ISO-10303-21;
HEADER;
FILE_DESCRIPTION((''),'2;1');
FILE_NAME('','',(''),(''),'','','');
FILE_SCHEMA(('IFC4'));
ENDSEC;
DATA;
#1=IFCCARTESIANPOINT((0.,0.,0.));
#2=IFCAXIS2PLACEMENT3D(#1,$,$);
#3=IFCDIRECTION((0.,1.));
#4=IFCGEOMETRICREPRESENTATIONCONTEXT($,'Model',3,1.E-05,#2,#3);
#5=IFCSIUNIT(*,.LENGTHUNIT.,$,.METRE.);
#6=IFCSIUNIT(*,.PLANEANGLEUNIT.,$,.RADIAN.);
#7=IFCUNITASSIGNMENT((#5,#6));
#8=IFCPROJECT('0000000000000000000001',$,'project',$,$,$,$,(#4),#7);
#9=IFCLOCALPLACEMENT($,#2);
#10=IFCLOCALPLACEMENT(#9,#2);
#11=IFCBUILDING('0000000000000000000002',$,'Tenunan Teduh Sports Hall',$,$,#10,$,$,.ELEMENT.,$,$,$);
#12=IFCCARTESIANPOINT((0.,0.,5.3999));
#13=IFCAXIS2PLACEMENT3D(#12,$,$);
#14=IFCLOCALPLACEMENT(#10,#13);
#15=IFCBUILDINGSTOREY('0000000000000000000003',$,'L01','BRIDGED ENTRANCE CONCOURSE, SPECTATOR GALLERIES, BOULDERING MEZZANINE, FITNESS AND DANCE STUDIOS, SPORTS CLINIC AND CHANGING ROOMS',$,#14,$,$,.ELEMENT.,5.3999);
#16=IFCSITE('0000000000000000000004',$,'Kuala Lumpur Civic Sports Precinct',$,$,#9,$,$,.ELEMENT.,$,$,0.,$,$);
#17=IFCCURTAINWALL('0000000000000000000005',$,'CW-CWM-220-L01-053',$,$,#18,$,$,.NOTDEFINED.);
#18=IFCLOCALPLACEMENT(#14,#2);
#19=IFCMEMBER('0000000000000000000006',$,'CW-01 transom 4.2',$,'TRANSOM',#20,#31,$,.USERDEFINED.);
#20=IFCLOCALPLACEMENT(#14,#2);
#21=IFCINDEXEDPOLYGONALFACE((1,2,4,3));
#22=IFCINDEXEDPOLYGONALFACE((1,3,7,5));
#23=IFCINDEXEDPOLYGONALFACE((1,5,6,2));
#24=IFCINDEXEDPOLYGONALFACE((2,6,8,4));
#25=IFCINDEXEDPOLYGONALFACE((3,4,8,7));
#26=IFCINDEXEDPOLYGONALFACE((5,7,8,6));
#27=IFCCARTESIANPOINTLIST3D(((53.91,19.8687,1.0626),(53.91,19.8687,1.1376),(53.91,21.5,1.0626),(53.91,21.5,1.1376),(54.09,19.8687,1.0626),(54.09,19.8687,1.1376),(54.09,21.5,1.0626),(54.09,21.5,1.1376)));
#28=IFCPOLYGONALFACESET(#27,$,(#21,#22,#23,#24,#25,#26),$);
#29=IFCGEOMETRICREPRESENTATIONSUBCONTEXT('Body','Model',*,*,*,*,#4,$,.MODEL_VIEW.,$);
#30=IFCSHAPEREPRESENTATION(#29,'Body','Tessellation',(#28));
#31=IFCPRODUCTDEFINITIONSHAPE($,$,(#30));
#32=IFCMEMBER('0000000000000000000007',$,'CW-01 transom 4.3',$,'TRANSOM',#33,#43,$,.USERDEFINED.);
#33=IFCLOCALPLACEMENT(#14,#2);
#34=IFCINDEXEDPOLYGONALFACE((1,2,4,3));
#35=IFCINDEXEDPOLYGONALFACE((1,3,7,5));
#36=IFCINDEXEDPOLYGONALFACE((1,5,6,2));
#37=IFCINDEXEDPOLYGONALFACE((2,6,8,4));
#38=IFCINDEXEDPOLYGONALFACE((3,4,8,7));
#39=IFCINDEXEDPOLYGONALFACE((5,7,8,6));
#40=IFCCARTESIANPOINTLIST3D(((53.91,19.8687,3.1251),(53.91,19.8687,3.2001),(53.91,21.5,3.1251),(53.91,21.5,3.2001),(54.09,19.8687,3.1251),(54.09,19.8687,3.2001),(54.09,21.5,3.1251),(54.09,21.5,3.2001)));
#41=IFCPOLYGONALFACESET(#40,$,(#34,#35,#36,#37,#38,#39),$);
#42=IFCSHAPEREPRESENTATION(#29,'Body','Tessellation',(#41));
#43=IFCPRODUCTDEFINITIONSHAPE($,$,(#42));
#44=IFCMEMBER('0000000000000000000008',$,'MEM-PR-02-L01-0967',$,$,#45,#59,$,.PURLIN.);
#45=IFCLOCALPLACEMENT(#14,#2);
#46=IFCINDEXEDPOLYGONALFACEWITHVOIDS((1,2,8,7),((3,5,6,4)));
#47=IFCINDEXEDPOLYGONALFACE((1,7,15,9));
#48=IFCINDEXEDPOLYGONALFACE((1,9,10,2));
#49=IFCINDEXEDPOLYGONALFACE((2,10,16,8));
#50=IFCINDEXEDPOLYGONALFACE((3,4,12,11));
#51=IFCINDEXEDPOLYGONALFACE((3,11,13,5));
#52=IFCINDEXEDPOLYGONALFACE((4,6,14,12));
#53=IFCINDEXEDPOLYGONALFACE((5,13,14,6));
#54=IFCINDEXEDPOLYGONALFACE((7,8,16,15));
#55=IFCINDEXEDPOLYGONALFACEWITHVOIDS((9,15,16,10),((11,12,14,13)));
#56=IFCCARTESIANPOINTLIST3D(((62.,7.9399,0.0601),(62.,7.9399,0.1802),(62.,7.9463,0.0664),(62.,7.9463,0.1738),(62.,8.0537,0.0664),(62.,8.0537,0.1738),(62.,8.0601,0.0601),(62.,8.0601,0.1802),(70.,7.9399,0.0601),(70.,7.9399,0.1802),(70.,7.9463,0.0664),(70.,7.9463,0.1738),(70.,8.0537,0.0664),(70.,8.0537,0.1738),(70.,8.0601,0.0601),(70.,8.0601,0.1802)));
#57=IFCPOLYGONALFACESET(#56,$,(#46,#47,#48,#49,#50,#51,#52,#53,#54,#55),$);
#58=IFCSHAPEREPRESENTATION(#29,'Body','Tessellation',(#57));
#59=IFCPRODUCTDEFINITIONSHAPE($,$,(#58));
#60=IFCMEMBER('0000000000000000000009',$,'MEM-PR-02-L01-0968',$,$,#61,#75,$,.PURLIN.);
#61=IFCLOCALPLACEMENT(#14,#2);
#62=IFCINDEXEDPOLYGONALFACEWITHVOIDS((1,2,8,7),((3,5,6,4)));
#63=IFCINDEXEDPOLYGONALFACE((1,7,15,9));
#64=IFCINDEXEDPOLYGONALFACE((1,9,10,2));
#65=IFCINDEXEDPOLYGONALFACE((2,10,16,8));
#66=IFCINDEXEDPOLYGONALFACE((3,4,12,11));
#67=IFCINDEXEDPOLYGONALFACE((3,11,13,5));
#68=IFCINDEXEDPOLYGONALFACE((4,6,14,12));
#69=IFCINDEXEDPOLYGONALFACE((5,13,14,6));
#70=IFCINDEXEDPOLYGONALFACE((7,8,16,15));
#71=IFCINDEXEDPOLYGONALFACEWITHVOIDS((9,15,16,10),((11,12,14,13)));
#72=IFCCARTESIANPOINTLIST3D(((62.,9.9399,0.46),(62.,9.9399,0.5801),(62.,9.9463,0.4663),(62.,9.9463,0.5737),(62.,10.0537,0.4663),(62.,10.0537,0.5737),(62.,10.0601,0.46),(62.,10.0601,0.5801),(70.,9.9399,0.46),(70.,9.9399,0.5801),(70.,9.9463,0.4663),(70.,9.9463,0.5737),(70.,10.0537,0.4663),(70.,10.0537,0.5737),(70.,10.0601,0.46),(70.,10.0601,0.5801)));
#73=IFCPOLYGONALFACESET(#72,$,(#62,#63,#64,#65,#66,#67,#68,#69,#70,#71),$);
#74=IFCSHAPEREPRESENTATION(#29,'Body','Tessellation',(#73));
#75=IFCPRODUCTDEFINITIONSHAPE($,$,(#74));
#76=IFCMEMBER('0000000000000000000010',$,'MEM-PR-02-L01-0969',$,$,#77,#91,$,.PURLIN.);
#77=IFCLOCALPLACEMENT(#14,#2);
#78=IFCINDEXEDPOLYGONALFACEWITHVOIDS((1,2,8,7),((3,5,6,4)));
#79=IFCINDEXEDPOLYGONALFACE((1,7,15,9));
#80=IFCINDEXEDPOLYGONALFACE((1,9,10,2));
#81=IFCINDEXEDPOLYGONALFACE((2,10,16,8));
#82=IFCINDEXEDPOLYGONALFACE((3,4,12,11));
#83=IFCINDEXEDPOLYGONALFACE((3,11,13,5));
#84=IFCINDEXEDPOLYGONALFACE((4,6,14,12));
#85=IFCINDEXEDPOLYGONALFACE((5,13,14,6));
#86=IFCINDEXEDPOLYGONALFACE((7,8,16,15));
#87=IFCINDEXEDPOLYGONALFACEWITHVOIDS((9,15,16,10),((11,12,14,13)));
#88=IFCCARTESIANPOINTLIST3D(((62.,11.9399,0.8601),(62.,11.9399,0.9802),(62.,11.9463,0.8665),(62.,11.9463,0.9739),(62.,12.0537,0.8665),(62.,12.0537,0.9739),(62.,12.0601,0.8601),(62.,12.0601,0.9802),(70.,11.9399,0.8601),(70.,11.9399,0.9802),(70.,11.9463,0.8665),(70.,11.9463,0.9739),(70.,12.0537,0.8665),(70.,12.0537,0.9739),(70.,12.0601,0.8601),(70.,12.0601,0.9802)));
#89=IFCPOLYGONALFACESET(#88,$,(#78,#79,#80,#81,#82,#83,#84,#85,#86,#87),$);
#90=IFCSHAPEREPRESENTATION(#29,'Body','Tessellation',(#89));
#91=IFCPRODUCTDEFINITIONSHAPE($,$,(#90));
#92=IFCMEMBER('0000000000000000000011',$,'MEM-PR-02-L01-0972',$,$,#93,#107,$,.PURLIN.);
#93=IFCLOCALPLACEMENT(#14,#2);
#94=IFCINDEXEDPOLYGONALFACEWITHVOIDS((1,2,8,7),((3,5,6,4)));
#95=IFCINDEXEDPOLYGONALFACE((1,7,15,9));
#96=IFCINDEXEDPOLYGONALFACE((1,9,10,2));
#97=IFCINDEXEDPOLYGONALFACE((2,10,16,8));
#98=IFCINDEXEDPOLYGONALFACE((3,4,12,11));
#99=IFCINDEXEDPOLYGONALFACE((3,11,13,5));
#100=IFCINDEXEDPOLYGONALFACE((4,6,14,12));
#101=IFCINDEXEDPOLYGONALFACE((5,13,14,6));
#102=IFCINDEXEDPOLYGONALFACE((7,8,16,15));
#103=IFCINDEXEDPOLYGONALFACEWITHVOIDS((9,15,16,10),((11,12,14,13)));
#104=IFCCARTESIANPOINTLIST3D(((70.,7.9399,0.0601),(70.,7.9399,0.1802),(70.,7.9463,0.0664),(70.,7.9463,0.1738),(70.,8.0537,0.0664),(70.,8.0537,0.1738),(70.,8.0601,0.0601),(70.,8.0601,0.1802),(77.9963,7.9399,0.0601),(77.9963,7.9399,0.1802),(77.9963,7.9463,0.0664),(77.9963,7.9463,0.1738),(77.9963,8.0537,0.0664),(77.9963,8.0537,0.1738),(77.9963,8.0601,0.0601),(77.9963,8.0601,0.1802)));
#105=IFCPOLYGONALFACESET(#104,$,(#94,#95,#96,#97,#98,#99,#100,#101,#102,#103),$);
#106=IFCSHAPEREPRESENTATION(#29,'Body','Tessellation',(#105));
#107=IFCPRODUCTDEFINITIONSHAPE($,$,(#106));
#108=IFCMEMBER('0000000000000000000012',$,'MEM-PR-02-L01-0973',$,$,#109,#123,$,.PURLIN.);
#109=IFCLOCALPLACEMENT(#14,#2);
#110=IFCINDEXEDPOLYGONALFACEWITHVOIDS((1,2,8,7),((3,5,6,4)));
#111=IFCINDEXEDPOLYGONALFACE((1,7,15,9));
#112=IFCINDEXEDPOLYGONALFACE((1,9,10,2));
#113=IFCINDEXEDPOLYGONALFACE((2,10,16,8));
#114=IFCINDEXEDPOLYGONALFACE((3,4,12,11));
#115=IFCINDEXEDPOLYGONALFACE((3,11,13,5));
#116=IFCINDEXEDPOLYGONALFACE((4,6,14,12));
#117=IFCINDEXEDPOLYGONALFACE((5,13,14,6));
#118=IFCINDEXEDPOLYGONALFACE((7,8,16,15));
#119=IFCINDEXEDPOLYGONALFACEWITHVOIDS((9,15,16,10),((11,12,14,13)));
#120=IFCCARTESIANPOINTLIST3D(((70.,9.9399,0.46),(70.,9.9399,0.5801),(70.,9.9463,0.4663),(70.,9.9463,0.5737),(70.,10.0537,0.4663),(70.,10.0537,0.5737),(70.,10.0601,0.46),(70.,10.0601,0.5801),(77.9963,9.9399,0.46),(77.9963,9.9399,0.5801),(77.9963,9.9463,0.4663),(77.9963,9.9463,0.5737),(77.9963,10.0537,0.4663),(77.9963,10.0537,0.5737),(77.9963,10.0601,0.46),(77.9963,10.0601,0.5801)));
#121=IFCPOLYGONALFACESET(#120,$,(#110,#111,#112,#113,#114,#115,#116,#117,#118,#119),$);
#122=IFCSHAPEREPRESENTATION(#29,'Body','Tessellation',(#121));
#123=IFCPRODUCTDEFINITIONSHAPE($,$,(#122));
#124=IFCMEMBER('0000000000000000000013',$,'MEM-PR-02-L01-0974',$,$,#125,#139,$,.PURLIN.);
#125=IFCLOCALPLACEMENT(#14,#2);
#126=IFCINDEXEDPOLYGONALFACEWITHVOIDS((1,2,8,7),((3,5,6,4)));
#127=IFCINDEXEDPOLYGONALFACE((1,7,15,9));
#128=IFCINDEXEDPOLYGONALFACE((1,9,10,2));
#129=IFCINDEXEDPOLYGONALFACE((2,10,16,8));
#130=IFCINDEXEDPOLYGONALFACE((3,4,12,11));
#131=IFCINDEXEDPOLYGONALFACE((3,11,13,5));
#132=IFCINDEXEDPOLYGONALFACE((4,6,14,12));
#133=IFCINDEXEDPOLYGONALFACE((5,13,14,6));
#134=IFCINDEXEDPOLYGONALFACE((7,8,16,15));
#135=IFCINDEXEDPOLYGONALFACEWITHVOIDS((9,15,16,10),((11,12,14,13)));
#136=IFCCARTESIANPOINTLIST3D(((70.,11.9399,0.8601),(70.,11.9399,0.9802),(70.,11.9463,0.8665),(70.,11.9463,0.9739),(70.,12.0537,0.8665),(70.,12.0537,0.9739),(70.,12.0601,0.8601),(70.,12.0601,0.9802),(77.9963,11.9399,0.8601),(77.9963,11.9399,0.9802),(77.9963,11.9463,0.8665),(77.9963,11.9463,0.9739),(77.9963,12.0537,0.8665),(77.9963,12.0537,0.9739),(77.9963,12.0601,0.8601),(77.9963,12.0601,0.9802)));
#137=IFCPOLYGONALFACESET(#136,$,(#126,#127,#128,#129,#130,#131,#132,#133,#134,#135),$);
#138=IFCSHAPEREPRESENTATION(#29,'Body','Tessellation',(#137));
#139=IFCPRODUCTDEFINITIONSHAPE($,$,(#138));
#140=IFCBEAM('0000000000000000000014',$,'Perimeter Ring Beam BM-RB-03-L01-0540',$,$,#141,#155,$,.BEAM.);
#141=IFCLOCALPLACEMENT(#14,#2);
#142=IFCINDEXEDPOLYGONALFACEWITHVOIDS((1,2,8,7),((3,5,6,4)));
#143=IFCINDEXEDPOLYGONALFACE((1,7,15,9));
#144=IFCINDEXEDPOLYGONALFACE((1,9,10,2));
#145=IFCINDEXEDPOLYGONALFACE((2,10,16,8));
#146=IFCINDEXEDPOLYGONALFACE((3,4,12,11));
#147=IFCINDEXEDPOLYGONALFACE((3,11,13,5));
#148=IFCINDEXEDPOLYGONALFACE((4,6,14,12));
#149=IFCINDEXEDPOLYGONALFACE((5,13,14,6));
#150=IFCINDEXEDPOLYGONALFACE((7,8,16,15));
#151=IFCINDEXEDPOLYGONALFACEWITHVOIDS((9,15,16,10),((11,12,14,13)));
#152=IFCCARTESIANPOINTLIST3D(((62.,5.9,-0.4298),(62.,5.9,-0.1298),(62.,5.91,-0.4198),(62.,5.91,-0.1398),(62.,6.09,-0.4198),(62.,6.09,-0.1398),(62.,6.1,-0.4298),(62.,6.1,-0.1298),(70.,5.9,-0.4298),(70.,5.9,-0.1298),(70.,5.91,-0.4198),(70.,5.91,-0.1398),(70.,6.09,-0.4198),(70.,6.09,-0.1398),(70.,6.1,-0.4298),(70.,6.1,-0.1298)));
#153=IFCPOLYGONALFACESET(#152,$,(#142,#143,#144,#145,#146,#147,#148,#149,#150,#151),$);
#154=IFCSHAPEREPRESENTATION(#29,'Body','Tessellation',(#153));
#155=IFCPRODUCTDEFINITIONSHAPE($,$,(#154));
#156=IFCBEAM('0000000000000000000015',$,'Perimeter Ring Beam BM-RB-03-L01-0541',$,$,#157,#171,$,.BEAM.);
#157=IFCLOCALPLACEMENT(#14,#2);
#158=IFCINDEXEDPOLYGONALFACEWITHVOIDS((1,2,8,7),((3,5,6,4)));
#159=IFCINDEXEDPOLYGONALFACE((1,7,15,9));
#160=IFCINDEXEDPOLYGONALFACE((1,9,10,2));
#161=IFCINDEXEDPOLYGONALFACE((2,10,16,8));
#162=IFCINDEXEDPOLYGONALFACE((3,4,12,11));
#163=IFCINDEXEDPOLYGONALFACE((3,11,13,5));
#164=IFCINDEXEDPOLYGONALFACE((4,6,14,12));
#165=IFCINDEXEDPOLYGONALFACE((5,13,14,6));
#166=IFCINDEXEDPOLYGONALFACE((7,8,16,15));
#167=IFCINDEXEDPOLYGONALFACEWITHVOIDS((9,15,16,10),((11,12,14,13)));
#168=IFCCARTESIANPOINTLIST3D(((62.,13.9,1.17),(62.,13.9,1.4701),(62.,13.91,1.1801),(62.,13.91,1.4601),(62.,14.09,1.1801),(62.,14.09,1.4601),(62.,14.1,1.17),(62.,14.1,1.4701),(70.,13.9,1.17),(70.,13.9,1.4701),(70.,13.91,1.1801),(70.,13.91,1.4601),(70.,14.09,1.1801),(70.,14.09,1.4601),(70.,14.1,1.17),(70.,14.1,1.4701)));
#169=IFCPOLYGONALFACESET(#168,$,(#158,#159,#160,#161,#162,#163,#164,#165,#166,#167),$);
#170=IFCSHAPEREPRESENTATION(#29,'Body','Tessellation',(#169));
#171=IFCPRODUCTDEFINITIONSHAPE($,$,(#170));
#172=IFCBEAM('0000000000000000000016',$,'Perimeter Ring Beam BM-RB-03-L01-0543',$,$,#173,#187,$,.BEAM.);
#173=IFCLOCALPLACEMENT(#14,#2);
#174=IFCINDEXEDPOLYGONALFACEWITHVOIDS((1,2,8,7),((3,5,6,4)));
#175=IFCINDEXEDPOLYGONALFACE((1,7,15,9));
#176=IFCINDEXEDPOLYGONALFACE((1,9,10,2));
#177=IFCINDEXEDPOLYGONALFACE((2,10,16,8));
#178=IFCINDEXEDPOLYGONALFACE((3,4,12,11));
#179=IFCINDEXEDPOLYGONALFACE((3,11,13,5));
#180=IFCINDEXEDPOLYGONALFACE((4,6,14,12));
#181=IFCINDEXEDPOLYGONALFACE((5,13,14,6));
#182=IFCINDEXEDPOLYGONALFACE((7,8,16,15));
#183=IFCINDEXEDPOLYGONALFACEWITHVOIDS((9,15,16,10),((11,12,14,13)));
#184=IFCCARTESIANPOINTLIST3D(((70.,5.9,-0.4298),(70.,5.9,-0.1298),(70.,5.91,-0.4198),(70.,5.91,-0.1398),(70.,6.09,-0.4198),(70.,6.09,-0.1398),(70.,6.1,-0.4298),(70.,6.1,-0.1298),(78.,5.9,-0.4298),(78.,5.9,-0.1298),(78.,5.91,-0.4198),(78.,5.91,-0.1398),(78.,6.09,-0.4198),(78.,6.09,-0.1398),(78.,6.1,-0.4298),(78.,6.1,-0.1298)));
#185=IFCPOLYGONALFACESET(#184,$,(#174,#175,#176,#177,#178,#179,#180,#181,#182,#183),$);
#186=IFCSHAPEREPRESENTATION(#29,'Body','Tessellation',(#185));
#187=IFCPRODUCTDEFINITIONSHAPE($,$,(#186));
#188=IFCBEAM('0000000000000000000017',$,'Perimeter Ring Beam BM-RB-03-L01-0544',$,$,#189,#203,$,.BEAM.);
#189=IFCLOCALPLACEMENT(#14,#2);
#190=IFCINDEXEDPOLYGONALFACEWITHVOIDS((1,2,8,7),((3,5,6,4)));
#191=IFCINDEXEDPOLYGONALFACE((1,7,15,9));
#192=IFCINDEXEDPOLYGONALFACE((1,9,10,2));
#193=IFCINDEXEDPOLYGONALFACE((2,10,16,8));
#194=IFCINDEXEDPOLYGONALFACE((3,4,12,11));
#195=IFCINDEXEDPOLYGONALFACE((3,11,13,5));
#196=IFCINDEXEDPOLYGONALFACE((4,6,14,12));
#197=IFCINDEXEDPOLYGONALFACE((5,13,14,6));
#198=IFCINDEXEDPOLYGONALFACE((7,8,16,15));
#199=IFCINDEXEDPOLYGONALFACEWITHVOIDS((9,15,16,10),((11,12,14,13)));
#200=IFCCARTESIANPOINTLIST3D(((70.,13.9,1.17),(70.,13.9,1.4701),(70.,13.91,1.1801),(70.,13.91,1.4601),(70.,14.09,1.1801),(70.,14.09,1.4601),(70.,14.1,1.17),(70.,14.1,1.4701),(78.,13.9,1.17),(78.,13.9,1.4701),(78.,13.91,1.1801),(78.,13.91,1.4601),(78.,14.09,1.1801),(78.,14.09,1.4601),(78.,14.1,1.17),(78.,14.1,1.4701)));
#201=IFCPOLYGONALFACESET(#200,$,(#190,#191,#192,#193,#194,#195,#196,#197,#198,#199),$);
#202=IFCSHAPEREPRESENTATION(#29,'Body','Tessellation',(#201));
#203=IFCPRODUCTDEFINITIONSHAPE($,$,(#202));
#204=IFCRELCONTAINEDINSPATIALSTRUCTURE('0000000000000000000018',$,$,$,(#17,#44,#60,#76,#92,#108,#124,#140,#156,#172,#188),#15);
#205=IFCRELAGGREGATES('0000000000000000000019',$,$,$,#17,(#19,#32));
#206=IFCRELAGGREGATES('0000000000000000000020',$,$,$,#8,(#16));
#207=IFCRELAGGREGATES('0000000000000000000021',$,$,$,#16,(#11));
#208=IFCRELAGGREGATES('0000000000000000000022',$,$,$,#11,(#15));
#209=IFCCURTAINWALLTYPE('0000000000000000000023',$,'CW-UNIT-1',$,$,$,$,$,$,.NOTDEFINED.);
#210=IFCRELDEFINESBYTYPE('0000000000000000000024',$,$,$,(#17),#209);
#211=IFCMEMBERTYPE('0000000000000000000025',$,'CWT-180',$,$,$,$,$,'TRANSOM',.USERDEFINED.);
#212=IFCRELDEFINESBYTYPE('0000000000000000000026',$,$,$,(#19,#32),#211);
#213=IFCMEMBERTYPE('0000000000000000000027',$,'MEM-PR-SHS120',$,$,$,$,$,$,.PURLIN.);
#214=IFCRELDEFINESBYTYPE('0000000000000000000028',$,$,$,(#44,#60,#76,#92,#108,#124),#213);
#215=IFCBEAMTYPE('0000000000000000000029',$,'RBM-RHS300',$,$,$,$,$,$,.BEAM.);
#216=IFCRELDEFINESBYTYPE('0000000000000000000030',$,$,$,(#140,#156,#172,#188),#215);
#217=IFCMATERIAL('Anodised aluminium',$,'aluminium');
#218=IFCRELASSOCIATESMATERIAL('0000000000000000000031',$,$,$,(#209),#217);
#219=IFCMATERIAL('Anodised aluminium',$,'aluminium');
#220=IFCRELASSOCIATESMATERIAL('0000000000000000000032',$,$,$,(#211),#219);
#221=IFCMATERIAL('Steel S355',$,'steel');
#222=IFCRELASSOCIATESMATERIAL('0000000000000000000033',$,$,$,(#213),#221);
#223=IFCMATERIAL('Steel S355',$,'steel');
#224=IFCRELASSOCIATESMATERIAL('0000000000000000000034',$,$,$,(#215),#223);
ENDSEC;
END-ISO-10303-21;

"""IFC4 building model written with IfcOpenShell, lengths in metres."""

from ifc_helpers import new_model, si_unit, direction, frame, origin, origin_2d, place, context, subcontext, project, spatial, rectangle, hollow_rectangle, extrude, material, material_profile, profile_set, type_object, element, aggregate, save


model = new_model("IFC4")

# Units and contexts
model_context = context("Model", 3, precision=1e-05, world=origin(), true_north=direction((0.0, 1.0)))
body_context = subcontext(model_context, "Body", "Model", "MODEL_VIEW")
ifc_project = project(units=[si_unit("LENGTHUNIT", "METRE"), si_unit("PLANEANGLEUNIT", "RADIAN")], contexts=[model_context])

# Site, building, storey
site_placement = place(None, origin())
site = spatial("IfcSite", under=ifc_project, at=site_placement, Name="Kuala Lumpur Civic Sports Precinct", CompositionType="ELEMENT", RefElevation=0.0)
building_placement = place(site_placement, origin())
building = spatial("IfcBuilding", under=site, at=building_placement, Name="Tenunan Teduh Sports Hall", CompositionType="ELEMENT")
storey_placement = place(building_placement, frame((0.0, 0.0, 5.3999)))
storey = spatial("IfcBuildingStorey", under=building, at=storey_placement, Name="L01", Description="BRIDGED ENTRANCE CONCOURSE, SPECTATOR GALLERIES, BOULDERING MEZZANINE, FITNESS AND DANCE STUDIOS, SPORTS CLINIC AND CHANGING ROOMS", CompositionType="ELEMENT", Elevation=5.3999)

# Curtain wall, members
ifc_material_1 = material(Name="Anodised aluminium", Category="aluminium")
curtain_wall_type = type_object("IfcCurtainWallType", Name="CW-UNIT-1", PredefinedType="NOTDEFINED", material=ifc_material_1)
curtain_wall_placement = place(storey_placement, origin())
curtain_wall = element("IfcCurtainWall", 1, at=curtain_wall_placement, inside=storey, type_object=curtain_wall_type, Name="CW-CWM-220-L01-053", PredefinedType="NOTDEFINED")
ifc_material_2 = material(Name="Anodised aluminium", Category="aluminium")
ifc_material_profile_1 = material_profile(ifc_material_2, rectangle(XDim=0.075, YDim=0.1799, at=origin_2d()), Name="CWT 75x180")
ifc_profile_set_1 = profile_set([ifc_material_profile_1], Name="Anodised aluminium")
member_type_1 = type_object("IfcMemberType", Name="CWT-180", ElementType="TRANSOM", PredefinedType="USERDEFINED", material=ifc_profile_set_1)
member_1_placement = place(storey_placement, frame((54.0, 19.8687, 1.1001), z_axis=(0.0, 1.0, 0.0), x_axis=(0.0, 0.0, 1.0)))
member_1 = element("IfcMember", 2, at=member_1_placement, type_object=member_type_1, Name="CW-01 transom 4.2", ObjectType="TRANSOM", PredefinedType="USERDEFINED", context=body_context, shape_type="SweptSolid", body=[
    extrude(rectangle(XDim=0.075, YDim=0.1799, at=origin_2d()), origin(), (0.0, 0.0, 1.0), 1.6313),
])
member_2_placement = place(storey_placement, frame((54.0, 19.8687, 3.1626), z_axis=(0.0, 1.0, 0.0), x_axis=(0.0, 0.0, 1.0)))
member_2 = element("IfcMember", 3, at=member_2_placement, type_object=member_type_1, Name="CW-01 transom 4.3", ObjectType="TRANSOM", PredefinedType="USERDEFINED", context=body_context, shape_type="SweptSolid", body=[
    extrude(rectangle(XDim=0.075, YDim=0.1799, at=origin_2d()), origin(), (0.0, 0.0, 1.0), 1.6313),
])

# Members
ifc_material_3 = material(Name="Steel S355", Category="steel")
ifc_material_profile_2 = material_profile(ifc_material_3, hollow_rectangle(XDim=0.1201, YDim=0.1201, WallThickness=0.0063, at=origin_2d()), Name="SHS 120x120x6.3")
ifc_profile_set_2 = profile_set([ifc_material_profile_2], Name="Steel S355")
member_type_2 = type_object("IfcMemberType", Name="MEM-PR-SHS120", PredefinedType="PURLIN", material=ifc_profile_set_2)
for number, where, z_axis, x_axis, name in (
    (4, (62.0, 8.0, 0.1201), (1.0, 0.0, 0.0), (0.0, 1.0, 0.0), "MEM-PR-02-L01-0967"),
    (5, (62.0, 10.0, 0.52), (1.0, 0.0, 0.0), (0.0, 1.0, 0.0), "MEM-PR-02-L01-0968"),
    (6, (62.0, 12.0, 0.9202), (1.0, 0.0, 0.0), (0.0, 1.0, 0.0), "MEM-PR-02-L01-0969"),
):
    element("IfcMember", number, at=place(storey_placement, frame(where, z_axis=z_axis, x_axis=x_axis)), inside=storey, type_object=member_type_2, Name=name, PredefinedType="PURLIN", context=body_context, shape_type="SweptSolid", body=[
        extrude(hollow_rectangle(XDim=0.1201, YDim=0.1201, WallThickness=0.0063, at=origin_2d()), origin(), (0.0, 0.0, 1.0), 8.0),
    ])
for number, where, z_axis, x_axis, name in (
    (7, (70.0, 8.0, 0.1201), (1.0, 0.0, 0.0), (0.0, 1.0, 0.0), "MEM-PR-02-L01-0972"),
    (8, (70.0, 10.0, 0.52), (1.0, 0.0, 0.0), (0.0, 1.0, 0.0), "MEM-PR-02-L01-0973"),
    (9, (70.0, 12.0, 0.9202), (1.0, 0.0, 0.0), (0.0, 1.0, 0.0), "MEM-PR-02-L01-0974"),
):
    element("IfcMember", number, at=place(storey_placement, frame(where, z_axis=z_axis, x_axis=x_axis)), inside=storey, type_object=member_type_2, Name=name, PredefinedType="PURLIN", context=body_context, shape_type="SweptSolid", body=[
        extrude(hollow_rectangle(XDim=0.1201, YDim=0.1201, WallThickness=0.0063, at=origin_2d()), origin(), (0.0, 0.0, 1.0), 7.9963),
    ])

# Beams
ifc_material_4 = material(Name="Steel S355", Category="steel")
ifc_material_profile_3 = material_profile(ifc_material_4, hollow_rectangle(XDim=0.2, YDim=0.3, WallThickness=0.01, at=origin_2d()), Name="RHS 300x200x10.0")
ifc_profile_set_3 = profile_set([ifc_material_profile_3], Name="Steel S355")
beam_type_1 = type_object("IfcBeamType", Name="RBM-RHS300", PredefinedType="BEAM", material=ifc_profile_set_3)
for number, where, z_axis, x_axis, name in (
    (10, (62.0, 6.0, -0.2798), (1.0, 0.0, 0.0), (0.0, 1.0, 0.0), "Perimeter Ring Beam BM-RB-03-L01-0540"),
    (11, (62.0, 14.0, 1.3201), (1.0, 0.0, 0.0), (0.0, 1.0, 0.0), "Perimeter Ring Beam BM-RB-03-L01-0541"),
    (12, (70.0, 6.0, -0.2798), (1.0, 0.0, 0.0), (0.0, 1.0, 0.0), "Perimeter Ring Beam BM-RB-03-L01-0543"),
    (13, (70.0, 14.0, 1.3201), (1.0, 0.0, 0.0), (0.0, 1.0, 0.0), "Perimeter Ring Beam BM-RB-03-L01-0544"),
):
    element("IfcBeam", number, at=place(storey_placement, frame(where, z_axis=z_axis, x_axis=x_axis)), inside=storey, type_object=beam_type_1, Name=name, PredefinedType="BEAM", context=body_context, shape_type="SweptSolid", body=[
        extrude(hollow_rectangle(XDim=0.2, YDim=0.3, WallThickness=0.01, at=origin_2d()), origin(), (0.0, 0.0, 1.0), 8.0),
    ])

aggregate(curtain_wall, [member_1, member_2])

save(model, "model.ifc")
